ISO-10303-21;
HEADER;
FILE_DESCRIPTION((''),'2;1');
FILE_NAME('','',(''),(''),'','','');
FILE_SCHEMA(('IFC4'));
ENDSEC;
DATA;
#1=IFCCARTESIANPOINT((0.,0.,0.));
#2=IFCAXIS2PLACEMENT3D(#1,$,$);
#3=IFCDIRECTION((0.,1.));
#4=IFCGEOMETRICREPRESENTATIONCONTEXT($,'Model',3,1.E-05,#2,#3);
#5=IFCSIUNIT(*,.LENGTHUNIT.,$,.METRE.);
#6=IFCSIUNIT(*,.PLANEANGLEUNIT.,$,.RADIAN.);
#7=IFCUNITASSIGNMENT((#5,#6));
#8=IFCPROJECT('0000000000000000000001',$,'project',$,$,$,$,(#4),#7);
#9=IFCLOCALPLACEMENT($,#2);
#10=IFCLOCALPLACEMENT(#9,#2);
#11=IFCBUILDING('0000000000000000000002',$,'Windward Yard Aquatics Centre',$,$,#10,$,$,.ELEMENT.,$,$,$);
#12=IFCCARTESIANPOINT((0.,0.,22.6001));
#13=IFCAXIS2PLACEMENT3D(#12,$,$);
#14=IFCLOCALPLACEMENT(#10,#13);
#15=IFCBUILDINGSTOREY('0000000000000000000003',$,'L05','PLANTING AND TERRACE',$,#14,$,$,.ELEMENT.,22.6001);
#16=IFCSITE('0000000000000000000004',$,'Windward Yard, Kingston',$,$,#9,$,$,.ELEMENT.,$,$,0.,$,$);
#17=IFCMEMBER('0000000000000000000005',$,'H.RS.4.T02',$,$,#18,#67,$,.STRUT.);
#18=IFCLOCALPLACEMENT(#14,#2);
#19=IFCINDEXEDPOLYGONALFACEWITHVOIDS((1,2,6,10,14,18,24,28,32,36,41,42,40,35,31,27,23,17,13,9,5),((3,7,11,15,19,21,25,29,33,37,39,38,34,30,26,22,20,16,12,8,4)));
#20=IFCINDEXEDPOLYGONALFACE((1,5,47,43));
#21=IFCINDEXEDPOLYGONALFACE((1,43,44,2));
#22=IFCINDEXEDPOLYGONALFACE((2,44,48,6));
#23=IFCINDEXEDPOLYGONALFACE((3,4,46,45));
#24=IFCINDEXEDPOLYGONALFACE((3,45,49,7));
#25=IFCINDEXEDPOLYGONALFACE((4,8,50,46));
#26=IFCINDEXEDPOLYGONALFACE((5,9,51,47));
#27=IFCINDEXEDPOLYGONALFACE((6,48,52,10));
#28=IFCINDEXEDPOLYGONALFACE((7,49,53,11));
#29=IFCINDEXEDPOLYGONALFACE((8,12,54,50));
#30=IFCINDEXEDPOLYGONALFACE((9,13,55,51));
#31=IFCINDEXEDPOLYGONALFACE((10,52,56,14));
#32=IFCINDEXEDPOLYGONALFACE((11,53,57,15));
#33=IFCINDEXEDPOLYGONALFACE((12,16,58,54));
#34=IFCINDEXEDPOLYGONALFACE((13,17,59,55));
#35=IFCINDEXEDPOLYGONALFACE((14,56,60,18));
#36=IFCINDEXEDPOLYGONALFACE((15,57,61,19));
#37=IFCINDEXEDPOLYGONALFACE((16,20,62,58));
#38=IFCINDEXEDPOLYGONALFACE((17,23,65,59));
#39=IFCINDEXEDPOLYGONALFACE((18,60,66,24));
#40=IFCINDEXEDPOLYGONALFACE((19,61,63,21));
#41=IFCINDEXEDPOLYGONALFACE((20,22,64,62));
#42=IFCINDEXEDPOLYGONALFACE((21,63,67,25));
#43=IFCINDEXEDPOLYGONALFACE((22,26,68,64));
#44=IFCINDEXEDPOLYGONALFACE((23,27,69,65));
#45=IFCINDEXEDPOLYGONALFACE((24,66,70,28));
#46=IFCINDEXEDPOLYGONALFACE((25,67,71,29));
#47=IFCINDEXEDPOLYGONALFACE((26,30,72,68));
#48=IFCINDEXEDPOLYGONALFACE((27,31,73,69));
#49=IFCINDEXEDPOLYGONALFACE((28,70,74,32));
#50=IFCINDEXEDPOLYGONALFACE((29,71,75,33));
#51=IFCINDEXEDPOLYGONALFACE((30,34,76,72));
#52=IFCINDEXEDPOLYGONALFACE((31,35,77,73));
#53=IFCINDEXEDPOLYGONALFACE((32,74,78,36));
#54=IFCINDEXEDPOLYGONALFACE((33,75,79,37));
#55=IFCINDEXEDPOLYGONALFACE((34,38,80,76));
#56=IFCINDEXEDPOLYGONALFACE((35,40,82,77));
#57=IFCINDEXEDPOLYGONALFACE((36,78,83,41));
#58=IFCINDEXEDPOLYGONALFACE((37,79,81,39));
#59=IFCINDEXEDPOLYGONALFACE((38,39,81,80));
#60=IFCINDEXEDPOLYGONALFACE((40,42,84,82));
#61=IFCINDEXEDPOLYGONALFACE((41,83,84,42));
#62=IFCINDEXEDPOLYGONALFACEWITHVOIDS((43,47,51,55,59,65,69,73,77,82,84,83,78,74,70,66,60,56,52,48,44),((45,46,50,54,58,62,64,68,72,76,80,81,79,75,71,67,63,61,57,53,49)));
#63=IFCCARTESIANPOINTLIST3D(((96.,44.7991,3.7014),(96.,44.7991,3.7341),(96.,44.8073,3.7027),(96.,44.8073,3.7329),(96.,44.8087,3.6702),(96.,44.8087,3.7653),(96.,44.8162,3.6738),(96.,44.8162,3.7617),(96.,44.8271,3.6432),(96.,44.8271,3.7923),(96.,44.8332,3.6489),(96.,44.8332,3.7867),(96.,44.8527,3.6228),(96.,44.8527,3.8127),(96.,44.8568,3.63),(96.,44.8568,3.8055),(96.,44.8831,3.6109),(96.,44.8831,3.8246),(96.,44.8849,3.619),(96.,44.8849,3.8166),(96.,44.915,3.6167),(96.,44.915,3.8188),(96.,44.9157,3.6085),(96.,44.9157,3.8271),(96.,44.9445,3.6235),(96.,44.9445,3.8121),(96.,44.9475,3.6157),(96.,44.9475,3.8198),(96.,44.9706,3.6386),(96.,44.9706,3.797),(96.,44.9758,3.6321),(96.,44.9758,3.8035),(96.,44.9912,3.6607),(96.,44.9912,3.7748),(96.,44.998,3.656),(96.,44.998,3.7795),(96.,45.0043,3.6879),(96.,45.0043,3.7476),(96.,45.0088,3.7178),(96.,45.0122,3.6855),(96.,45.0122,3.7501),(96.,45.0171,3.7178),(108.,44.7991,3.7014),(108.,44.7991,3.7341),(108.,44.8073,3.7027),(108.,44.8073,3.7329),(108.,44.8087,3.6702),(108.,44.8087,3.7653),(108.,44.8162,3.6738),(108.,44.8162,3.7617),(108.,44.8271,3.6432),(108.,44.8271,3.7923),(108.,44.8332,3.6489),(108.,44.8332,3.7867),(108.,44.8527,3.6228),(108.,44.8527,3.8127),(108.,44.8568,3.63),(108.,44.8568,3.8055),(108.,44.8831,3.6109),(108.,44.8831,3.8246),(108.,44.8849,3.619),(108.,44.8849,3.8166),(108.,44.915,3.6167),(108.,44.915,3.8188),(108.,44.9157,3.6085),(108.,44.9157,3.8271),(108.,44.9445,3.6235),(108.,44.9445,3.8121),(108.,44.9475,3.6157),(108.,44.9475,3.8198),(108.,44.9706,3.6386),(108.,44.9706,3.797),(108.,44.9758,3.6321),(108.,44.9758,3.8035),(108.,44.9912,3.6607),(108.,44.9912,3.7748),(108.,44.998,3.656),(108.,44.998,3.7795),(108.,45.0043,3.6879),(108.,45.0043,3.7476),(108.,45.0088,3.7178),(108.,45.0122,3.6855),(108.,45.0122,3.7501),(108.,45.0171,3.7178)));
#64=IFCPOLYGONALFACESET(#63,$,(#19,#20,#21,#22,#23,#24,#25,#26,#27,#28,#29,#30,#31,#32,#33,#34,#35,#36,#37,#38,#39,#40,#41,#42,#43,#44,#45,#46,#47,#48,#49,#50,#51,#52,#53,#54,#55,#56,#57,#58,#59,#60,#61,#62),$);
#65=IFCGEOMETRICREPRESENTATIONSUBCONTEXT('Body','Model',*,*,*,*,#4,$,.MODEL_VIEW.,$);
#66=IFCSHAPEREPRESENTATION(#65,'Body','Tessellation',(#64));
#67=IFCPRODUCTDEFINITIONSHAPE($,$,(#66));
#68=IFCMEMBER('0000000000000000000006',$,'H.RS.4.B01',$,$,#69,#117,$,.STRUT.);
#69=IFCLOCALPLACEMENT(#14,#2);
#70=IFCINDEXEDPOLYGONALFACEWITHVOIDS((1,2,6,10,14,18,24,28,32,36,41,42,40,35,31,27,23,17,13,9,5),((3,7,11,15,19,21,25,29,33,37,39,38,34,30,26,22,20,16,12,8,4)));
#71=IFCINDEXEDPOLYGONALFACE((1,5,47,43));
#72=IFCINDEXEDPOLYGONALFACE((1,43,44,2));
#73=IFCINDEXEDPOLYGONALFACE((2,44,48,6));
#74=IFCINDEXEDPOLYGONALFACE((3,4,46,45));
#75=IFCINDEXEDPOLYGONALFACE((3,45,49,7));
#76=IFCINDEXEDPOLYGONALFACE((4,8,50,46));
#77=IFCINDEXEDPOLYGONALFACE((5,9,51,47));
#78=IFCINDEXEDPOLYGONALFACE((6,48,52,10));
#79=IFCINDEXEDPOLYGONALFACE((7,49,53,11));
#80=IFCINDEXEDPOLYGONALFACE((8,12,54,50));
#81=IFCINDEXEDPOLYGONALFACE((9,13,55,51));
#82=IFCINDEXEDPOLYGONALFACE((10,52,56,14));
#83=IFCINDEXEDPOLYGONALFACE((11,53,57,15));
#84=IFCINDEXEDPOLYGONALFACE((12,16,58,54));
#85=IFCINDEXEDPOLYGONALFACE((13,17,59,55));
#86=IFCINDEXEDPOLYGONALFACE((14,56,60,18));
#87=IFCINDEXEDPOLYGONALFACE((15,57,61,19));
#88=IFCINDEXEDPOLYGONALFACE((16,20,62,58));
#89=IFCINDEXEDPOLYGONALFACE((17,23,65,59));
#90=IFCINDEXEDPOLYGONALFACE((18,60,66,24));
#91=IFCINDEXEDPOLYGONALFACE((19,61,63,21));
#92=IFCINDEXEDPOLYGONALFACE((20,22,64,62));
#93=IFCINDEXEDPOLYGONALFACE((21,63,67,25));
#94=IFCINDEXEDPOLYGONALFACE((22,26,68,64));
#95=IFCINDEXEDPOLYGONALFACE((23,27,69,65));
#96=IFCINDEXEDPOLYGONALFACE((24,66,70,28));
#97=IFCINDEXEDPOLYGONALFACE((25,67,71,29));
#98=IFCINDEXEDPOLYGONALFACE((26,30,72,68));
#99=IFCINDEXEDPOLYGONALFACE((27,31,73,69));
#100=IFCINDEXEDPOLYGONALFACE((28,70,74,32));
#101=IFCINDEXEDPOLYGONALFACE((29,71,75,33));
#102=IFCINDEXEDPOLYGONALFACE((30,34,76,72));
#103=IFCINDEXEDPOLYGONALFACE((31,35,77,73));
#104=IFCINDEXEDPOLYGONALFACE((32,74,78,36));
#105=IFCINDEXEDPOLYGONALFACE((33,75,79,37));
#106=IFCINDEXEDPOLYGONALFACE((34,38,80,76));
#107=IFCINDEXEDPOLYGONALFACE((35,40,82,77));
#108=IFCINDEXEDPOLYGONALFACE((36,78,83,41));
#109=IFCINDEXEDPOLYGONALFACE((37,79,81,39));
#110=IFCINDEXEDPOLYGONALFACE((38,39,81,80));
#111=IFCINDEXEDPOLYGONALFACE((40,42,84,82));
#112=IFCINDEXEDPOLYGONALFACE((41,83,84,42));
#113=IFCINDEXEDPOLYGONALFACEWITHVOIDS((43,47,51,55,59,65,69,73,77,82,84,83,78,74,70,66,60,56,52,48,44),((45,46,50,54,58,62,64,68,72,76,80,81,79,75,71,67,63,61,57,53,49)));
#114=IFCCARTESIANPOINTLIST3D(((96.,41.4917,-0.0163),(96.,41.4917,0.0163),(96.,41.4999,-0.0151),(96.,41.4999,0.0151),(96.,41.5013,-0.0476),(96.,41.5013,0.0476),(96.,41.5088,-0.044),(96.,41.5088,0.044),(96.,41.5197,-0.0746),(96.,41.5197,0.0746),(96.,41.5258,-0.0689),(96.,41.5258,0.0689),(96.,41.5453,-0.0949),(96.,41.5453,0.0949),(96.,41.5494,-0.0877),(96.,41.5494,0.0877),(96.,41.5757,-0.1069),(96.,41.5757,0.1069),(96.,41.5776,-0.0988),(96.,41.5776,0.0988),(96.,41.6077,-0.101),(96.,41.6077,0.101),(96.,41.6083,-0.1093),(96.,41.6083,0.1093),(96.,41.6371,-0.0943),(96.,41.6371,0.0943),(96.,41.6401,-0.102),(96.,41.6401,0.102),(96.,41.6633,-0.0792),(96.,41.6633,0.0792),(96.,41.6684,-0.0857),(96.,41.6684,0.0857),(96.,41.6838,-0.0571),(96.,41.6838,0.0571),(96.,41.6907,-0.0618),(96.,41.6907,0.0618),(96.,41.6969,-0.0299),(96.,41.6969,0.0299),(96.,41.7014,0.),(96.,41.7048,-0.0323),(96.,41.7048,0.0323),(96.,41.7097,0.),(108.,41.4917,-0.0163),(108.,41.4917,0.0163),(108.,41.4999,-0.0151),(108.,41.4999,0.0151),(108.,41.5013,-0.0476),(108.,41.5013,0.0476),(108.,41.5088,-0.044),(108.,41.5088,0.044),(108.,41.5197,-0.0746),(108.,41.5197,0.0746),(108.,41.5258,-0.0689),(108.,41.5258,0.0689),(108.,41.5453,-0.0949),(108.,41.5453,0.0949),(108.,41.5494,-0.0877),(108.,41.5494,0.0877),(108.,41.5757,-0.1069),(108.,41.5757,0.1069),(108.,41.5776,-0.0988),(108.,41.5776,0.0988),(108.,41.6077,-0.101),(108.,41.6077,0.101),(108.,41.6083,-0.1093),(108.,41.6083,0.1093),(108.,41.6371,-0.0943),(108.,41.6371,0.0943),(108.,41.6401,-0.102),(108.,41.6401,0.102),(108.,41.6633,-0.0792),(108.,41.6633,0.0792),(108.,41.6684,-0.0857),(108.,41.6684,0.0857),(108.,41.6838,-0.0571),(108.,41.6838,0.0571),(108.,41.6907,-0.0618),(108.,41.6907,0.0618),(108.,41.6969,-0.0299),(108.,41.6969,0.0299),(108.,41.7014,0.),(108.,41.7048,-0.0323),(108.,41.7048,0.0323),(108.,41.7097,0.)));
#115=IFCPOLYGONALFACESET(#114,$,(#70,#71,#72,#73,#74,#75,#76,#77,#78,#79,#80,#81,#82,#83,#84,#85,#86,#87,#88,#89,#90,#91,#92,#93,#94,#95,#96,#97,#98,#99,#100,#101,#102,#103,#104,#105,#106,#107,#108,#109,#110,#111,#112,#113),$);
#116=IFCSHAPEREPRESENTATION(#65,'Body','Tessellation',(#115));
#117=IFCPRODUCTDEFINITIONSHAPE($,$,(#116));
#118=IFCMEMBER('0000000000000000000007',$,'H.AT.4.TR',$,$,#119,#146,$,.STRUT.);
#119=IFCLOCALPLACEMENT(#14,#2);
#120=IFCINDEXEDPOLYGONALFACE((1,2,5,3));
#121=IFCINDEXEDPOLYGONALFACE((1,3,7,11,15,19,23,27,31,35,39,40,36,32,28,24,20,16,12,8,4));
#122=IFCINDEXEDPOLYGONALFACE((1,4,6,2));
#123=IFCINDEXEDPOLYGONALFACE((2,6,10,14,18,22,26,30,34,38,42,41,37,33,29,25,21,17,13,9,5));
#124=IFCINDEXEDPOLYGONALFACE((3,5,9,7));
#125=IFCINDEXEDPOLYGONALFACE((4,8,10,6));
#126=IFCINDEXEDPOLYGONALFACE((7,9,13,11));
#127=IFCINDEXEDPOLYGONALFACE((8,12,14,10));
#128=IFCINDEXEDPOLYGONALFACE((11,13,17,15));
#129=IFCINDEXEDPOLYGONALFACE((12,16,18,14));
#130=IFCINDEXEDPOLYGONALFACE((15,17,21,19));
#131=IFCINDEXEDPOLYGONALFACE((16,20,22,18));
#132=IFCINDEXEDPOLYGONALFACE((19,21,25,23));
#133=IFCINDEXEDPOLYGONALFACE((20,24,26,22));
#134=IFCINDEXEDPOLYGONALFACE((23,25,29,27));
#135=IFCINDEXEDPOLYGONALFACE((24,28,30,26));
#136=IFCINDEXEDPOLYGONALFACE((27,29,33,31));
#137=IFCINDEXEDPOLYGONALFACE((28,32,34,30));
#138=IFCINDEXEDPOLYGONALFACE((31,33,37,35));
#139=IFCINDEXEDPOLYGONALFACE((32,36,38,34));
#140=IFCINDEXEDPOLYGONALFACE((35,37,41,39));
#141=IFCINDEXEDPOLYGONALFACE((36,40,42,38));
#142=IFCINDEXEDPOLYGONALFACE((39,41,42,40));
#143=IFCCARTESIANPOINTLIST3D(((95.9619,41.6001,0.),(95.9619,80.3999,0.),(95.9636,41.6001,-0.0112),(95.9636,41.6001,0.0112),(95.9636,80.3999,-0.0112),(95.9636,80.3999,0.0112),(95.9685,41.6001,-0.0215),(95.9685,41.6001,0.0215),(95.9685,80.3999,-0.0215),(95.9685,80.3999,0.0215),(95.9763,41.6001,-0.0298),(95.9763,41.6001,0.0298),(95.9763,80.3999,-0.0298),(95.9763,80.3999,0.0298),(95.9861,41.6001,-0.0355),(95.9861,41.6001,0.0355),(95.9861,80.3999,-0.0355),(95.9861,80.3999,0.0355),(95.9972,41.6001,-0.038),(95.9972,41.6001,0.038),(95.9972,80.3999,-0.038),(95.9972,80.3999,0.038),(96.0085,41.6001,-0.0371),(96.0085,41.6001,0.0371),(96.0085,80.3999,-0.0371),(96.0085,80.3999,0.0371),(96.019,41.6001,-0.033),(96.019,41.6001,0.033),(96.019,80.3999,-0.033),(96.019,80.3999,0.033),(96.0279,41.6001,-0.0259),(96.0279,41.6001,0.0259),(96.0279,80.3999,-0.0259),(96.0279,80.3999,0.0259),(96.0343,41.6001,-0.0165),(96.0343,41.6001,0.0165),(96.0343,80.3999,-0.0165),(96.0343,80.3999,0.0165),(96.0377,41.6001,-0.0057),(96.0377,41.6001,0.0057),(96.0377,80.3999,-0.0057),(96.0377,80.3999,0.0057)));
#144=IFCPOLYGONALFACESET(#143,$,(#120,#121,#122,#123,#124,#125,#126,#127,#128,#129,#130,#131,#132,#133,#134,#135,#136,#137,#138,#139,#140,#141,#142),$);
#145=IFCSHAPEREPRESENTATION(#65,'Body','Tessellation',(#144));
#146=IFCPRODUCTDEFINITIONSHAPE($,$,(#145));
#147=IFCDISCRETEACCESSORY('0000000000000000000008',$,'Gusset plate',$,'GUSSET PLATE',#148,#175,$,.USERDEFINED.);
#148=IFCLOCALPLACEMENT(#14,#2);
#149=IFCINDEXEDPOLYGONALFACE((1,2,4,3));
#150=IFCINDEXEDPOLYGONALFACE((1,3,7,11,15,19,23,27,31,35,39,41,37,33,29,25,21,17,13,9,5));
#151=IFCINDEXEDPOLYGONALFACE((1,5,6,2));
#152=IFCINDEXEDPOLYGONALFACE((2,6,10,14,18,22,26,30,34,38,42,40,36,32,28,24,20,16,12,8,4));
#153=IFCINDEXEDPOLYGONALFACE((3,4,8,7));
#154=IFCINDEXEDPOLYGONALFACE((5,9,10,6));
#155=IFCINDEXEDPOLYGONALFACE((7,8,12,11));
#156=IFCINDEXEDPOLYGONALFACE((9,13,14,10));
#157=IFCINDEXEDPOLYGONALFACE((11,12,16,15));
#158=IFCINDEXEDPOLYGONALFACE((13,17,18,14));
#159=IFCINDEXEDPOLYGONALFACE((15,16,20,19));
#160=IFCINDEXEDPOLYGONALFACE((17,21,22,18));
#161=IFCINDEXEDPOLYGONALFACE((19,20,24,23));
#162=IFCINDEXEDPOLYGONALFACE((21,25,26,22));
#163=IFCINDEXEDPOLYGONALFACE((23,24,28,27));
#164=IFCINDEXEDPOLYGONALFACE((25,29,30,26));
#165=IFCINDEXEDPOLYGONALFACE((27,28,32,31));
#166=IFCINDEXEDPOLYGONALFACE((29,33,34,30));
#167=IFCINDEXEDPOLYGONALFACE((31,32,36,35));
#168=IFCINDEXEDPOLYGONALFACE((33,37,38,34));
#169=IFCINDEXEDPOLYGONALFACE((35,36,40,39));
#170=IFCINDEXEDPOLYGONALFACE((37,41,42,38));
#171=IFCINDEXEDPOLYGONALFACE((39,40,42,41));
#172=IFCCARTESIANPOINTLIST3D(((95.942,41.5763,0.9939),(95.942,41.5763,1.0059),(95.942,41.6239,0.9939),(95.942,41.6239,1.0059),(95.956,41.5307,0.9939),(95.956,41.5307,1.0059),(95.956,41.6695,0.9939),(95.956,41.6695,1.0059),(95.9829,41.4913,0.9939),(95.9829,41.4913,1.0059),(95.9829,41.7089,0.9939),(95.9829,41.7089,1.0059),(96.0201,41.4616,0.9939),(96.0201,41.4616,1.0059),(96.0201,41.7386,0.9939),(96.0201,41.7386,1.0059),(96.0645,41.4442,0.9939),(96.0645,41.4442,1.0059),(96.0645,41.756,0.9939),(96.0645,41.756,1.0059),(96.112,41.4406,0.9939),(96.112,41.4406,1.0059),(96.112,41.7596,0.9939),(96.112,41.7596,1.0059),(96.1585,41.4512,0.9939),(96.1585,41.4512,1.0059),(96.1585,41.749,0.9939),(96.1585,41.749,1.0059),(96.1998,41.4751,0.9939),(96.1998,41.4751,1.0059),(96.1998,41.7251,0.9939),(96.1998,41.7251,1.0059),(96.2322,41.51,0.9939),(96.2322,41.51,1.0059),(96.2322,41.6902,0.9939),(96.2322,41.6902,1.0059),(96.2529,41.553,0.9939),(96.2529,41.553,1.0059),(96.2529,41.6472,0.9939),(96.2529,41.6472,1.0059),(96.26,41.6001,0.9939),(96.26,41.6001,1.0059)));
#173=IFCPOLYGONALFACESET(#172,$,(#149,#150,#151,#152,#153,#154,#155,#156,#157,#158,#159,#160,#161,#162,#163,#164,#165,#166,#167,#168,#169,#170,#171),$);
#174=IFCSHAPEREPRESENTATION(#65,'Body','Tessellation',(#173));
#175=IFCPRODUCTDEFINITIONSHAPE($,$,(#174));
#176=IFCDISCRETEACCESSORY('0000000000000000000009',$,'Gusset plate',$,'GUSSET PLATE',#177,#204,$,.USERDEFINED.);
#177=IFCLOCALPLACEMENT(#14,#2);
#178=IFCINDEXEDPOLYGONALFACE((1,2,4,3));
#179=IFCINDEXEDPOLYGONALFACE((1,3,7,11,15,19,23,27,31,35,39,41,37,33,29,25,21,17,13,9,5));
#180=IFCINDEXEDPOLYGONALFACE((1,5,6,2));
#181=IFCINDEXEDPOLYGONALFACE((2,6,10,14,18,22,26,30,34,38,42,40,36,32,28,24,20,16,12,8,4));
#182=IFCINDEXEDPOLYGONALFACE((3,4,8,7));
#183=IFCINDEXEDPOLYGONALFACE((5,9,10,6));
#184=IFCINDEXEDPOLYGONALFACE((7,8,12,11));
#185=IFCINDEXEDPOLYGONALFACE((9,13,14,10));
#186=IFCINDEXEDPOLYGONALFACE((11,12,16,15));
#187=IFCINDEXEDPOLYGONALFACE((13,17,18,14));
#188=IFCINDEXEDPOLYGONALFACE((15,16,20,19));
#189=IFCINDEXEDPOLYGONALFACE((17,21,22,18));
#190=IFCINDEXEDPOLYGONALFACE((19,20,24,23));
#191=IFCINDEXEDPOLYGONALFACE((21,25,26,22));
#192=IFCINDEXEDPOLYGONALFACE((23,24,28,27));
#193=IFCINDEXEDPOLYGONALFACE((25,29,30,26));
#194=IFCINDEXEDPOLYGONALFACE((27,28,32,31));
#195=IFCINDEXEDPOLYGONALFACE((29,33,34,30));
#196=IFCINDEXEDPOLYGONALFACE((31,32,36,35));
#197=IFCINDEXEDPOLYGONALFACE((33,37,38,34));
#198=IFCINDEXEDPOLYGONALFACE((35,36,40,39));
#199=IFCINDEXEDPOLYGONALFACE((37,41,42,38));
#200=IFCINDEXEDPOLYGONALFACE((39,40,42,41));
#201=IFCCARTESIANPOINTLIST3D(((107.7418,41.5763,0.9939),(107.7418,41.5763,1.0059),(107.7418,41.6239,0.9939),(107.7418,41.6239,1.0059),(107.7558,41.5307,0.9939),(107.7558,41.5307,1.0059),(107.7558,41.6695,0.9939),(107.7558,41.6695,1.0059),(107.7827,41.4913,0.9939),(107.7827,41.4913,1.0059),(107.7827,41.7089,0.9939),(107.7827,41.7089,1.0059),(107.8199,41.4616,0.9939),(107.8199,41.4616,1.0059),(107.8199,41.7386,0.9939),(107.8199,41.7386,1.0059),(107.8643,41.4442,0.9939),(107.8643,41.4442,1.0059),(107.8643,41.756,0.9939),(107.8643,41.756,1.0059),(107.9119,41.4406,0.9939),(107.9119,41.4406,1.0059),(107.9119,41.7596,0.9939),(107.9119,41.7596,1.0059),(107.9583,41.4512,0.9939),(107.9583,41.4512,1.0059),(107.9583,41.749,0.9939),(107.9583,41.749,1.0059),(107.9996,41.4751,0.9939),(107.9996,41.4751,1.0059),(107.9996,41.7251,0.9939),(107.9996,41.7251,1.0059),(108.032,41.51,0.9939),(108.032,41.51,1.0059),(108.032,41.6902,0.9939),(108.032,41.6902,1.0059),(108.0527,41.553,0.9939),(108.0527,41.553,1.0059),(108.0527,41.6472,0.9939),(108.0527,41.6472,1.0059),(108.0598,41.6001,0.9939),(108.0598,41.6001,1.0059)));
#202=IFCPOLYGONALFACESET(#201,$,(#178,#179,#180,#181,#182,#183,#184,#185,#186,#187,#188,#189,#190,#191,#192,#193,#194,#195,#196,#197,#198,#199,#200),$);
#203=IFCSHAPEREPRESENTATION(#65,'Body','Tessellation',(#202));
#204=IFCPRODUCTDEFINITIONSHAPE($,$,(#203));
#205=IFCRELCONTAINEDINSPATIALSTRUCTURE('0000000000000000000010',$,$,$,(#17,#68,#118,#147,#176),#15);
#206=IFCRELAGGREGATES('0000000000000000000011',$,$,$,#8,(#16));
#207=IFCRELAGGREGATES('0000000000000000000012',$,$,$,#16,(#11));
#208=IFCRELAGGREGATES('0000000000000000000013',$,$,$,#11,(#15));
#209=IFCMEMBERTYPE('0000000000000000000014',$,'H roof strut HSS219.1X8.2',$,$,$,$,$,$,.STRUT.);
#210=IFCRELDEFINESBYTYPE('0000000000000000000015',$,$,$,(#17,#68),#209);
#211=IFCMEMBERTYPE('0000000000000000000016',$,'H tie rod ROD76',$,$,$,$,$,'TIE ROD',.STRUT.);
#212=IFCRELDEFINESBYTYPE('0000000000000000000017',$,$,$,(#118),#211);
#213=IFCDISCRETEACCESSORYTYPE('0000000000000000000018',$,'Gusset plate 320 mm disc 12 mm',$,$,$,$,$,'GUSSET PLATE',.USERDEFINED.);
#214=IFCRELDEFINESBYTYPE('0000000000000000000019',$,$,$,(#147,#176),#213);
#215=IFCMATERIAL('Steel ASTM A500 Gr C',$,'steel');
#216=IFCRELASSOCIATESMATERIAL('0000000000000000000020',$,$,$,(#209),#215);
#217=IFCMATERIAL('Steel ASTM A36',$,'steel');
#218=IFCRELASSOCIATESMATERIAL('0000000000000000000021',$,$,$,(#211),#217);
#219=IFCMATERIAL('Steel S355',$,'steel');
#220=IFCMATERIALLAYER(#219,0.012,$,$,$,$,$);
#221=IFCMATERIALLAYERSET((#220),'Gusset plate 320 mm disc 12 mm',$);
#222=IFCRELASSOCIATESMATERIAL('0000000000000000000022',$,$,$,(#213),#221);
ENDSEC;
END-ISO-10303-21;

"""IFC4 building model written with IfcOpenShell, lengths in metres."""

from ifc_helpers import new_model, si_unit, direction, frame, origin, origin_2d, place, context, subcontext, project, spatial, circle, hollow_circle, extrude, material, layer, layer_set, material_profile, profile_set, type_object, element, save


model = new_model("IFC4")

# Units and contexts
model_context = context("Model", 3, precision=1e-05, world=origin(), true_north=direction((0.0, 1.0)))
body_context = subcontext(model_context, "Body", "Model", "MODEL_VIEW")
ifc_project = project(units=[si_unit("LENGTHUNIT", "METRE"), si_unit("PLANEANGLEUNIT", "RADIAN")], contexts=[model_context])

# Site, building, storey
site_placement = place(None, origin())
site = spatial("IfcSite", under=ifc_project, at=site_placement, Name="Windward Yard, Kingston", CompositionType="ELEMENT", RefElevation=0.0)
building_placement = place(site_placement, origin())
building = spatial("IfcBuilding", under=site, at=building_placement, Name="Windward Yard Aquatics Centre", CompositionType="ELEMENT")
storey_placement = place(building_placement, frame((0.0, 0.0, 22.6001)))
storey = spatial("IfcBuildingStorey", under=building, at=storey_placement, Name="L05", Description="PLANTING AND TERRACE", CompositionType="ELEMENT", Elevation=22.6001)

# Shared definitions
ifc_material_1 = material(Name="Steel ASTM A500 Gr C", Category="steel")

# Members
ifc_material_profile_1 = material_profile(ifc_material_1, hollow_circle(Radius=0.1096, WallThickness=0.0083, at=origin_2d()), Name="HSS219.1X8.2")
ifc_profile_set_1 = profile_set([ifc_material_profile_1], Name="Steel ASTM A500 Gr C")
member_type_1 = type_object("IfcMemberType", Name="H roof strut HSS219.1X8.2", PredefinedType="STRUT", material=ifc_profile_set_1)
for number, where, z_axis, x_axis, name in (
    (1, (96.0, 44.9075, 3.7178), (1.0, 0.0, 0.0), (0.0, 1.0, 0.0), "H.RS.4.T02"),
    (2, (96.0, 41.6001, 0.0), (1.0, 0.0, 0.0), (0.0, 1.0, 0.0), "H.RS.4.B01"),
):
    element("IfcMember", number, at=place(storey_placement, frame(where, z_axis=z_axis, x_axis=x_axis)), inside=storey, type_object=member_type_1, Name=name, PredefinedType="STRUT", context=body_context, shape_type="SweptSolid", body=[
        extrude(hollow_circle(Radius=0.1096, WallThickness=0.0083, at=origin_2d()), origin(), (0.0, 0.0, 1.0), 12.0),
    ])
ifc_material_2 = material(Name="Steel ASTM A36", Category="steel")
ifc_material_profile_2 = material_profile(ifc_material_2, circle(Radius=0.0381, at=origin_2d()), Name="ROD76")
ifc_profile_set_2 = profile_set([ifc_material_profile_2], Name="Steel ASTM A36")
member_type_2 = type_object("IfcMemberType", Name="H tie rod ROD76", ElementType="TIE ROD", PredefinedType="STRUT", material=ifc_profile_set_2)
member_1_placement = place(storey_placement, frame((96.0, 41.6001, 0.0), z_axis=(0.0, 1.0, 0.0), x_axis=(-1.0, 0.0, 0.0)))
element("IfcMember", 3, at=member_1_placement, inside=storey, type_object=member_type_2, Name="H.AT.4.TR", PredefinedType="STRUT", context=body_context, shape_type="SweptSolid", body=[
    extrude(circle(Radius=0.0381, at=origin_2d()), origin(), (0.0, 0.0, 1.0), 38.7998),
])

# Discrete accessories
ifc_material_3 = material(Name="Steel S355", Category="steel")
ifc_layer = layer(ifc_material_3, 0.012)
ifc_layer_set = layer_set([ifc_layer], Name="Gusset plate 320 mm disc 12 mm")
discrete_accessory_type = type_object("IfcDiscreteAccessoryType", Name="Gusset plate 320 mm disc 12 mm", ElementType="GUSSET PLATE", PredefinedType="USERDEFINED", material=ifc_layer_set)
for number, where, z_axis, x_axis, name in (
    (4, (96.1001, 41.6001, 0.9939), (0.0, 0.0, 1.0), (1.0, 0.0, 0.0), "Gusset plate"),
    (5, (107.8999, 41.6001, 0.9939), (0.0, 0.0, 1.0), (1.0, 0.0, 0.0), "Gusset plate"),
):
    element("IfcDiscreteAccessory", number, at=place(storey_placement, frame(where, z_axis=z_axis, x_axis=x_axis)), inside=storey, type_object=discrete_accessory_type, Name=name, ObjectType="GUSSET PLATE", PredefinedType="USERDEFINED", context=body_context, shape_type="SweptSolid", body=[
        extrude(circle(Radius=0.1599, at=origin_2d()), origin(), (0.0, 0.0, 1.0), 0.012),
    ])

save(model, "model.ifc")
